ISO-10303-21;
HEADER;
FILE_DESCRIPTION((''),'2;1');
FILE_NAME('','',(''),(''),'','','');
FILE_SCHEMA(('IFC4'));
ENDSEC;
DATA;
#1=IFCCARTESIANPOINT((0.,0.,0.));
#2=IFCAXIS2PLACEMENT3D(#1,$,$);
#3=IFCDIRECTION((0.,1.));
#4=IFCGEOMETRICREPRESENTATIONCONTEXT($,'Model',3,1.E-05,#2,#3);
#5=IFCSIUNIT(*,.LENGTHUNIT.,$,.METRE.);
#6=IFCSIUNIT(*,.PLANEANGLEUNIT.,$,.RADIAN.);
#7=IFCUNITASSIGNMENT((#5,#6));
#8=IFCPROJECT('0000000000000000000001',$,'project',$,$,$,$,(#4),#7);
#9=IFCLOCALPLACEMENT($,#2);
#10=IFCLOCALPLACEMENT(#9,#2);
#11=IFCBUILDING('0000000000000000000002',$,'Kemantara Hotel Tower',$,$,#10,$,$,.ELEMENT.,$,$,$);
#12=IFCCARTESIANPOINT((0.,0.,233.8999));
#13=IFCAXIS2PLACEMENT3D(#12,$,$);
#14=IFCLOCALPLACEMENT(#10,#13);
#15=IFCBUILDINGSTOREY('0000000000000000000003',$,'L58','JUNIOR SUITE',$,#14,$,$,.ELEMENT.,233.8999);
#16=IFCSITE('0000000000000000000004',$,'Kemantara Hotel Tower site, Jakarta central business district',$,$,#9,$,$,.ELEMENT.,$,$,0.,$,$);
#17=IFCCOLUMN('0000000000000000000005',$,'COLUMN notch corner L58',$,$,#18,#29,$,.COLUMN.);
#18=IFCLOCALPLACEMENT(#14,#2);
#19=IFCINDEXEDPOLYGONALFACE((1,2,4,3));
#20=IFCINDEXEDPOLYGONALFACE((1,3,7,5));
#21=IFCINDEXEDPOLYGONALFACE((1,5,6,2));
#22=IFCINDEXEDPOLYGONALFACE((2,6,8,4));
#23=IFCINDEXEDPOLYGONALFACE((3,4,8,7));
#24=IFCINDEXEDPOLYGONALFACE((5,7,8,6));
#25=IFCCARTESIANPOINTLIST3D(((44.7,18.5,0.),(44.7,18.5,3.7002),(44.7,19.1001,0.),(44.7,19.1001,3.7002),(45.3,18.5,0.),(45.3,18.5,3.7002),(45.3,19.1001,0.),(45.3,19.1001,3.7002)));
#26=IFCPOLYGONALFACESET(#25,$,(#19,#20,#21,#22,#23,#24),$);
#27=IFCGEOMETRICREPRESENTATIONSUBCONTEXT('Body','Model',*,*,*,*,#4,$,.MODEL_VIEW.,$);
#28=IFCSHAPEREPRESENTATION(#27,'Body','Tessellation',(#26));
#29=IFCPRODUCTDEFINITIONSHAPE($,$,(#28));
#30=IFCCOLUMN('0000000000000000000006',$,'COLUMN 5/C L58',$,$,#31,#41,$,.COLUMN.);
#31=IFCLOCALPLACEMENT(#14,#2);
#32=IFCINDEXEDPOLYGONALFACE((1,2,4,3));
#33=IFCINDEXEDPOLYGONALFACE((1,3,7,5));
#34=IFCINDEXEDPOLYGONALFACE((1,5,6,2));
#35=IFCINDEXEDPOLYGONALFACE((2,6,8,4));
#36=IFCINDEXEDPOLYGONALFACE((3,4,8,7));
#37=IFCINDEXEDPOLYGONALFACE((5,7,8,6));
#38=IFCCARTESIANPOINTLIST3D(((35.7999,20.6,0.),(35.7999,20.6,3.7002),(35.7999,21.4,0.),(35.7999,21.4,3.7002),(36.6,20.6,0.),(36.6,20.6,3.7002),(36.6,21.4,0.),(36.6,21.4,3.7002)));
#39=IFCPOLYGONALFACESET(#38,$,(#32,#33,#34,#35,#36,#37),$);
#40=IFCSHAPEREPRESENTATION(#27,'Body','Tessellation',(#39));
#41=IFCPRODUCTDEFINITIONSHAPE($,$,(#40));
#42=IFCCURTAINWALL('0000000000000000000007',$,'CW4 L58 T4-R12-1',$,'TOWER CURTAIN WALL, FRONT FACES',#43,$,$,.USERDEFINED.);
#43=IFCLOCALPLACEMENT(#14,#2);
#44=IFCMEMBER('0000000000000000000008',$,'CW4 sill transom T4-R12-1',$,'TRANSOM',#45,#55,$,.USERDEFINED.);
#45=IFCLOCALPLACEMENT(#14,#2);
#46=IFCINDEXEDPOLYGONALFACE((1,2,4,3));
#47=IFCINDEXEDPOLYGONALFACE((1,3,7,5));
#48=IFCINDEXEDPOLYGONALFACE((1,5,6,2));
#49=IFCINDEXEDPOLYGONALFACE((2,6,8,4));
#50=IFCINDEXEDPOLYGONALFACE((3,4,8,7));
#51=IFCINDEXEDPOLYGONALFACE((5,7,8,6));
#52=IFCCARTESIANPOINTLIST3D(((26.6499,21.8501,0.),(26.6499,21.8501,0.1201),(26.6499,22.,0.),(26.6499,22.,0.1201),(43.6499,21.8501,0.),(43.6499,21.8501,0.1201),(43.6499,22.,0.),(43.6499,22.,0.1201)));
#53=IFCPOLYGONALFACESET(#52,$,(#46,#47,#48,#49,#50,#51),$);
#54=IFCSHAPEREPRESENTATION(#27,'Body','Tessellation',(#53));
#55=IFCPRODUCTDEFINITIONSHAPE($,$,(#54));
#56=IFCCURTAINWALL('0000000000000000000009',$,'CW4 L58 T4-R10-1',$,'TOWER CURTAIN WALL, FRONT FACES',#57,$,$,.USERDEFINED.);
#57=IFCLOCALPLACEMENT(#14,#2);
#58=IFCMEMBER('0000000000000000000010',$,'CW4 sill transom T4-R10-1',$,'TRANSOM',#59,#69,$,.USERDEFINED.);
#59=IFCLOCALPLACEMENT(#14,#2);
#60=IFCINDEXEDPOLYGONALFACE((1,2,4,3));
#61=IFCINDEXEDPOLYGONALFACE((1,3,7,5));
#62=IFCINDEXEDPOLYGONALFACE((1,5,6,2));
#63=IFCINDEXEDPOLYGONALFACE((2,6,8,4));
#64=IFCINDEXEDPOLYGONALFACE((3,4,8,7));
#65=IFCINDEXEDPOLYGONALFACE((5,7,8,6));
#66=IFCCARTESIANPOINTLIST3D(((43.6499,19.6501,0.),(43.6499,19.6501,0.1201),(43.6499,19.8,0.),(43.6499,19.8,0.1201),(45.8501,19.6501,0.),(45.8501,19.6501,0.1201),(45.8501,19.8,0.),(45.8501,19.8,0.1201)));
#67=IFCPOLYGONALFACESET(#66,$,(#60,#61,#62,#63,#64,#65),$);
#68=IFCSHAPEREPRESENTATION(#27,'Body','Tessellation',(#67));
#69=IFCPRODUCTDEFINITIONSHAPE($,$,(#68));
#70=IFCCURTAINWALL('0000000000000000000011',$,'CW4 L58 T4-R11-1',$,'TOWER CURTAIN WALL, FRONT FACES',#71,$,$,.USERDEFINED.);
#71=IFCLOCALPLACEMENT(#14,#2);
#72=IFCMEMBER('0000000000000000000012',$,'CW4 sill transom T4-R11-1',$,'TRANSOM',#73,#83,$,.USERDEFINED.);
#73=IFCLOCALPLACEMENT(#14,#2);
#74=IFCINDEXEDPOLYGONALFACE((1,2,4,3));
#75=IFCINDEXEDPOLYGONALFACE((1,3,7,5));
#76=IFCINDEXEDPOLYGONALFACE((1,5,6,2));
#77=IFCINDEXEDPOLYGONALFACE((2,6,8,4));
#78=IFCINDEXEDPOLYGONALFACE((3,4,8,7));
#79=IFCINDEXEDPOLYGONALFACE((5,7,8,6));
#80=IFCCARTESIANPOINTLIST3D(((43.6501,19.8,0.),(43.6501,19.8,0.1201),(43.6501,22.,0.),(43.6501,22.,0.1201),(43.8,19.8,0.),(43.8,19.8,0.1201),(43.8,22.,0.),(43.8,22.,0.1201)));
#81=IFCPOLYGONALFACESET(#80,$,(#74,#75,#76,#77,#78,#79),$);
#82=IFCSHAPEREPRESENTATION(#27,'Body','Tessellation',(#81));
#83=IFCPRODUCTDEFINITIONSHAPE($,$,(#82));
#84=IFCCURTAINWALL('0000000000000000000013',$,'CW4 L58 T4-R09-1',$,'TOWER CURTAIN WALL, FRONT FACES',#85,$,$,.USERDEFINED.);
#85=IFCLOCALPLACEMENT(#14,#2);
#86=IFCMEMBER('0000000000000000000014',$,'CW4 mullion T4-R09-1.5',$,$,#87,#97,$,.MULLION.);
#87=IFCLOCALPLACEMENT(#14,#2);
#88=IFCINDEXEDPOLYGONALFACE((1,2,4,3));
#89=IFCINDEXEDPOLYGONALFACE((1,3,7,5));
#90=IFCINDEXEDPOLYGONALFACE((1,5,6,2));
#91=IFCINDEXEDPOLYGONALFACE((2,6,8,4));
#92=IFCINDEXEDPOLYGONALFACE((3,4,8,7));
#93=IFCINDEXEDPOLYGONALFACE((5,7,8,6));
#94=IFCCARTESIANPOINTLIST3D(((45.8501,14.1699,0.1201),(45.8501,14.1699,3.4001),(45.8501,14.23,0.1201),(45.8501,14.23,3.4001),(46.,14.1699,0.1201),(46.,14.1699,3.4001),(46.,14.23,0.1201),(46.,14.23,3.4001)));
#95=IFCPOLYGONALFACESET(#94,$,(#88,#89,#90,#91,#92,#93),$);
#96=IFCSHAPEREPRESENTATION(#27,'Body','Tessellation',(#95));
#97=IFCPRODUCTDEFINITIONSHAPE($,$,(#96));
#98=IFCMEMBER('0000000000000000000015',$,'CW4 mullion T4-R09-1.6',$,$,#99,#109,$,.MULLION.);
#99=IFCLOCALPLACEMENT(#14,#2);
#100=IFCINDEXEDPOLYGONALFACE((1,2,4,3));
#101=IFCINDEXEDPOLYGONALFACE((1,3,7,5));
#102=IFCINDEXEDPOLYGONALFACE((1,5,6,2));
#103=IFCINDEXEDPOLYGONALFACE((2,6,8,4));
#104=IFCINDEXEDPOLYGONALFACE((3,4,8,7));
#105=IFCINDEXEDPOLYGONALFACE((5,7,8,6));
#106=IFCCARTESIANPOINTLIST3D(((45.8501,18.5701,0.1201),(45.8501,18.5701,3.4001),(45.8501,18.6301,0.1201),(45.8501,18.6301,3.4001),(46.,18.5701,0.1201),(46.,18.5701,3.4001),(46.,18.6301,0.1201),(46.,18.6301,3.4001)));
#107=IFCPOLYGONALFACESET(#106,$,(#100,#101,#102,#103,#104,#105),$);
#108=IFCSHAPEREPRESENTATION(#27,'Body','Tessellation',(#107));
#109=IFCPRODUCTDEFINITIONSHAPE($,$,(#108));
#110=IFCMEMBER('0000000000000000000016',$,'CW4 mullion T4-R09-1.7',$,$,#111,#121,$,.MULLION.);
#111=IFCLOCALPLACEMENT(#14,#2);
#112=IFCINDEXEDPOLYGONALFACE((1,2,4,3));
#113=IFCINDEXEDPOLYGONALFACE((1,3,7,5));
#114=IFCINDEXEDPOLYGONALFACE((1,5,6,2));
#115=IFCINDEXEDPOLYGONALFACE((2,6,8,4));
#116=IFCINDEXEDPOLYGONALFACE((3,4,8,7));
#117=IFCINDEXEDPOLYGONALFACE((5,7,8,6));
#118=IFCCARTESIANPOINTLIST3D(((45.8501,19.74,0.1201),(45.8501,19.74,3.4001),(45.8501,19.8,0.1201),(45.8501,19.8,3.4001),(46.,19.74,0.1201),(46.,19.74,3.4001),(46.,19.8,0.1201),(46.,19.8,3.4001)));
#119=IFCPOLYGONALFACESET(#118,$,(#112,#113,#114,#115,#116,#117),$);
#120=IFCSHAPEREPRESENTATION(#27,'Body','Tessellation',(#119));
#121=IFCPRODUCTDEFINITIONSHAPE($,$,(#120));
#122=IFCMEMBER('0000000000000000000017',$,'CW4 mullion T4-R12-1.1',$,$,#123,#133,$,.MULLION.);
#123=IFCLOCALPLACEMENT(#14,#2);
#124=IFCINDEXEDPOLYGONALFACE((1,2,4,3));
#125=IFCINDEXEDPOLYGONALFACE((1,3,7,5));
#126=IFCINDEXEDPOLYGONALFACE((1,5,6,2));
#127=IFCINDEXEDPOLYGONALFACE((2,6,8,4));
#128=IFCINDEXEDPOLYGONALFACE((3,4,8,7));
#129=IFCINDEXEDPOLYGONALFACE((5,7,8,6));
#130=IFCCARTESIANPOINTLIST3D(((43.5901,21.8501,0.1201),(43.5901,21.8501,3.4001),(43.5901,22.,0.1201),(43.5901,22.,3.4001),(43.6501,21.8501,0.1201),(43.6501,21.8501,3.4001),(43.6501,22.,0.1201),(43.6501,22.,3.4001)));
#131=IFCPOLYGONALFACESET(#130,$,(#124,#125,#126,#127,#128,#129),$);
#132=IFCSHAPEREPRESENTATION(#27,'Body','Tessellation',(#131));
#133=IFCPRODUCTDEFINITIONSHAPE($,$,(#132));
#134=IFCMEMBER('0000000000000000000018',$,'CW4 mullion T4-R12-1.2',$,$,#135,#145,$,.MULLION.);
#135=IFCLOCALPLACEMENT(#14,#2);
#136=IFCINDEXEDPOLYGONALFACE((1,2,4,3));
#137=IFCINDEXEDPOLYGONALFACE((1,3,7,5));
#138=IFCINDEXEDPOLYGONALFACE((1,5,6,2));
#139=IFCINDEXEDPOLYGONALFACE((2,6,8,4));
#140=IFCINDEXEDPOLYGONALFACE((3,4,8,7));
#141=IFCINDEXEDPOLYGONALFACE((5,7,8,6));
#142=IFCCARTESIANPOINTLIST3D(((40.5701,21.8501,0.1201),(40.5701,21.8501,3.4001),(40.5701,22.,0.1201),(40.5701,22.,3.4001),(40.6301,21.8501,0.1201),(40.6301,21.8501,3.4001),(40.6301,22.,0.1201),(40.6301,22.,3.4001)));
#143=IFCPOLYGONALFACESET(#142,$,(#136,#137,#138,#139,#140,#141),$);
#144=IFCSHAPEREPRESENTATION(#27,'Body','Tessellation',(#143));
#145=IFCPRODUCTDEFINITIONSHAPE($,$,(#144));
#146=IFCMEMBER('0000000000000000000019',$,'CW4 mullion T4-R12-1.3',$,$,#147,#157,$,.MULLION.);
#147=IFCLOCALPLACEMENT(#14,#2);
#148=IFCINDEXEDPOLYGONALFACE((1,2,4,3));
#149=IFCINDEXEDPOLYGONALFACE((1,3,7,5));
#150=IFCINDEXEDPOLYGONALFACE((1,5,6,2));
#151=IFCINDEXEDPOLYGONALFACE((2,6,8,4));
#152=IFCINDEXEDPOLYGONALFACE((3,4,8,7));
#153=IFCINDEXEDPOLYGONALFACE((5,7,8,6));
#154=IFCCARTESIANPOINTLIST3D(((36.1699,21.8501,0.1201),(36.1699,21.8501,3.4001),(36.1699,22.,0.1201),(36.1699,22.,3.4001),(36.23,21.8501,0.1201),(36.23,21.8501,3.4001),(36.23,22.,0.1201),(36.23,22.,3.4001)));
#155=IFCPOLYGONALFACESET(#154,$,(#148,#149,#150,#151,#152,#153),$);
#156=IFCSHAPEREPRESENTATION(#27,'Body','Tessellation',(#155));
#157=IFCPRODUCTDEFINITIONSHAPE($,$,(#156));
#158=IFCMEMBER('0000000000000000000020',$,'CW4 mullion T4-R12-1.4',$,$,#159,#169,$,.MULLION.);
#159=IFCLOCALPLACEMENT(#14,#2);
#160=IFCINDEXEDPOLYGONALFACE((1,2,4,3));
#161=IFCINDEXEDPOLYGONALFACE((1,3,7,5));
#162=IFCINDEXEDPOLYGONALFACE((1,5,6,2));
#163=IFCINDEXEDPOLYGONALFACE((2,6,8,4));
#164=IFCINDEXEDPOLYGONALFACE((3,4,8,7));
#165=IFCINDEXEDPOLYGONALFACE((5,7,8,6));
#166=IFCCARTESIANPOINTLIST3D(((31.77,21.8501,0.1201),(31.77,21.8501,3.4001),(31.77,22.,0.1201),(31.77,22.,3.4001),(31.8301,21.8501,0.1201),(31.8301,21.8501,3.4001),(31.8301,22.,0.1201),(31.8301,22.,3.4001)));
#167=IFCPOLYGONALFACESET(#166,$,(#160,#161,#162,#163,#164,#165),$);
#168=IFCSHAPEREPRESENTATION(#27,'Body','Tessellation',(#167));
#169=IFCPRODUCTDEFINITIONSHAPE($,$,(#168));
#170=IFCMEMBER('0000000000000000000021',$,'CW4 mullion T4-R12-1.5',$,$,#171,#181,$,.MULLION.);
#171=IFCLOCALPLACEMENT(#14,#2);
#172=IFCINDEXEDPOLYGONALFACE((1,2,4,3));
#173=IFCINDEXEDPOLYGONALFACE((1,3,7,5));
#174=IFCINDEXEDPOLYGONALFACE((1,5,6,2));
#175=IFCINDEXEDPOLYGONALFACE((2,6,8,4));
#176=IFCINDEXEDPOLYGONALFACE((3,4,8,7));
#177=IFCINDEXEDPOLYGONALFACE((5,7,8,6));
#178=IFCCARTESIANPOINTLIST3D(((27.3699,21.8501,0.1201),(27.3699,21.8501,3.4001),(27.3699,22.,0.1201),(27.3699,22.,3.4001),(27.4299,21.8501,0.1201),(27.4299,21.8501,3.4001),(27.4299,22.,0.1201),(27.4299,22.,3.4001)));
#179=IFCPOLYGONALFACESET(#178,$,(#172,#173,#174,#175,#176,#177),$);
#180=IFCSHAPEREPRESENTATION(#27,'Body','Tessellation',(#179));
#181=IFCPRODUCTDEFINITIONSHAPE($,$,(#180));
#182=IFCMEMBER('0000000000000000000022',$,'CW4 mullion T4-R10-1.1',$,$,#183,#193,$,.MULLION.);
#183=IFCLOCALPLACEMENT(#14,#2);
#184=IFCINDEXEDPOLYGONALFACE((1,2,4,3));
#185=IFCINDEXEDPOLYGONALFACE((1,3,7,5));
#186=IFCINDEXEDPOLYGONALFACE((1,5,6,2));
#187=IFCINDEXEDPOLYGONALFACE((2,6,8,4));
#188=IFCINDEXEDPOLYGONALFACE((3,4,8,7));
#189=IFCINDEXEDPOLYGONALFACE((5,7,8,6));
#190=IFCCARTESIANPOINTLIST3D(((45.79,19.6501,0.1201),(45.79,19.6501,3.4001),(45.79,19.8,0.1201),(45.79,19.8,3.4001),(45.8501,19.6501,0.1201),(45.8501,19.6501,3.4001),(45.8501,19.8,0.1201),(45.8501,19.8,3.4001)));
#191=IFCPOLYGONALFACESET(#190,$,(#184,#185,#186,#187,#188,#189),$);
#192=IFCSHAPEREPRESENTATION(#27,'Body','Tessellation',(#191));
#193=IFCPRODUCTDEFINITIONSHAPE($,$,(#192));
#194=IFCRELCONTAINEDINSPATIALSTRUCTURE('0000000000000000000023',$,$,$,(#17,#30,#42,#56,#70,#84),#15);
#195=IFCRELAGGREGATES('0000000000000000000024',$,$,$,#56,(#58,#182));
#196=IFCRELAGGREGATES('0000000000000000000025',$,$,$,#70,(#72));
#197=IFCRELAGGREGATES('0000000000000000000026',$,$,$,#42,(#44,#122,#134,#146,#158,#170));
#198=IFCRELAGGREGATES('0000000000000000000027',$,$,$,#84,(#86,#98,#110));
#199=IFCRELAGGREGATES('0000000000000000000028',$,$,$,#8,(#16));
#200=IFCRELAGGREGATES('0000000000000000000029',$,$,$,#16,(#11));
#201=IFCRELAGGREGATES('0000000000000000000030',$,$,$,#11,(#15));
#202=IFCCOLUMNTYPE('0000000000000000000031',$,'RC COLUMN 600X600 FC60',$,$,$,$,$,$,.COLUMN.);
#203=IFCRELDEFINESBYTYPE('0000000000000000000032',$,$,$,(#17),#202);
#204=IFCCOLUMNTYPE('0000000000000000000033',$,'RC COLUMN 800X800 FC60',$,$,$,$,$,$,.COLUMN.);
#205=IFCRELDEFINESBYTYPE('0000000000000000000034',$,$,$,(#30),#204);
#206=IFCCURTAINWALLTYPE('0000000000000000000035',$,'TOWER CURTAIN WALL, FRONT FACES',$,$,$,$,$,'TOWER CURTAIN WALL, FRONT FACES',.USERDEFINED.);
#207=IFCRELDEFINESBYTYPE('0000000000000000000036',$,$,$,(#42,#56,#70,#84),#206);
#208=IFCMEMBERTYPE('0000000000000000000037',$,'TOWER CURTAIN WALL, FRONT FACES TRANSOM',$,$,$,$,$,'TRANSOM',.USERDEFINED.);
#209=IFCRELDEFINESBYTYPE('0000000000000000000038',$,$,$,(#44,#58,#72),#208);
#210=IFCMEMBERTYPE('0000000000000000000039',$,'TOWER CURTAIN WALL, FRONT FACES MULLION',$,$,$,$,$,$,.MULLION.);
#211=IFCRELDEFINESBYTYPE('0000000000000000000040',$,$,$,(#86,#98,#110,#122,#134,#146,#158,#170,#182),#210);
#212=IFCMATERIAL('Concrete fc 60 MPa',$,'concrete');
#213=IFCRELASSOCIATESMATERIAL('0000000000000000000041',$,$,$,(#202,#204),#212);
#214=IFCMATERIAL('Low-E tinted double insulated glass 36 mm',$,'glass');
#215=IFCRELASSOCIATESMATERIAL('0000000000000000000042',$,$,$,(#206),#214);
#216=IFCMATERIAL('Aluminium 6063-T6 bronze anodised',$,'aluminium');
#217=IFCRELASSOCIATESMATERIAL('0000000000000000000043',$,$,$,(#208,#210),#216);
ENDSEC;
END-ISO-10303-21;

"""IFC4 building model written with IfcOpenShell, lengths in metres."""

from ifc_helpers import new_model, si_unit, direction, frame, origin, origin_2d, place, context, subcontext, project, spatial, rectangle, extrude, source, transform, mapped, material, material_profile, profile_set, type_object, element, aggregate, save


model = new_model("IFC4")

# Units and contexts
model_context = context("Model", 3, precision=1e-05, world=origin(), true_north=direction((0.0, 1.0)))
body_context = subcontext(model_context, "Body", "Model", "MODEL_VIEW")
ifc_project = project(units=[si_unit("LENGTHUNIT", "METRE"), si_unit("PLANEANGLEUNIT", "RADIAN")], contexts=[model_context])

# Site, building, storey
site_placement = place(None, origin())
site = spatial("IfcSite", under=ifc_project, at=site_placement, Name="Kemantara Hotel Tower site, Jakarta central business district", CompositionType="ELEMENT", RefElevation=0.0)
building_placement = place(site_placement, origin())
building = spatial("IfcBuilding", under=site, at=building_placement, Name="Kemantara Hotel Tower", CompositionType="ELEMENT")
storey_placement = place(building_placement, frame((0.0, 0.0, 233.8999)))
storey = spatial("IfcBuildingStorey", under=building, at=storey_placement, Name="L58", Description="JUNIOR SUITE", CompositionType="ELEMENT", Elevation=233.8999)

# Columns
ifc_material_1 = material(Name="Concrete fc 60 MPa", Category="concrete")
ifc_material_profile_1 = material_profile(ifc_material_1, rectangle(XDim=0.6001, YDim=0.6001, at=origin_2d()), Name="RC 600X600")
ifc_profile_set_1 = profile_set([ifc_material_profile_1], Name="Concrete fc 60 MPa")
column_type_1 = type_object("IfcColumnType", Name="RC COLUMN 600X600 FC60", PredefinedType="COLUMN", material=ifc_profile_set_1)
column_1_placement = place(storey_placement, frame((45.0, 18.8, 0.0), z_axis=(0.0, 0.0, 1.0), x_axis=(1.0, 0.0, 0.0)))
element("IfcColumn", 1, at=column_1_placement, inside=storey, type_object=column_type_1, Name="COLUMN notch corner L58", PredefinedType="COLUMN", context=body_context, shape_type="SweptSolid", body=[
    extrude(rectangle(XDim=0.6001, YDim=0.6001, at=origin_2d()), origin(), (0.0, 0.0, 1.0), 3.7002),
])
ifc_material_profile_2 = material_profile(ifc_material_1, rectangle(XDim=0.8, YDim=0.8, at=origin_2d()), Name="RC 800X800")
ifc_profile_set_2 = profile_set([ifc_material_profile_2], Name="Concrete fc 60 MPa")
column_type_2 = type_object("IfcColumnType", Name="RC COLUMN 800X800 FC60", PredefinedType="COLUMN", material=ifc_profile_set_2)
column_2_placement = place(storey_placement, frame((36.2, 21.0, 0.0), z_axis=(0.0, 0.0, 1.0), x_axis=(1.0, 0.0, 0.0)))
element("IfcColumn", 2, at=column_2_placement, inside=storey, type_object=column_type_2, Name="COLUMN 5/C L58", PredefinedType="COLUMN", context=body_context, shape_type="SweptSolid", body=[
    extrude(rectangle(XDim=0.8, YDim=0.8, at=origin_2d()), origin(), (0.0, 0.0, 1.0), 3.7002),
])

# Curtain walls, members
ifc_material_2 = material(Name="Low-E tinted double insulated glass 36 mm", Category="glass")
curtain_wall_type = type_object("IfcCurtainWallType", Name="TOWER CURTAIN WALL, FRONT FACES", ElementType="TOWER CURTAIN WALL, FRONT FACES", PredefinedType="USERDEFINED", material=ifc_material_2)
curtain_wall_1_placement = place(storey_placement, origin())
curtain_wall_1 = element("IfcCurtainWall", 3, at=curtain_wall_1_placement, inside=storey, type_object=curtain_wall_type, Name="CW4 L58 T4-R12-1", ObjectType="TOWER CURTAIN WALL, FRONT FACES", PredefinedType="USERDEFINED")
ifc_material_3 = material(Name="Aluminium 6063-T6 bronze anodised", Category="aluminium")
ifc_material_profile_3 = material_profile(ifc_material_3, rectangle(XDim=0.1499, YDim=0.1201, at=origin_2d()), Name="TOWER CURTAIN WALL, FRONT FACES TRANSOM")
ifc_profile_set_3 = profile_set([ifc_material_profile_3], Name="Aluminium 6063-T6 bronze anodised")
member_type_1 = type_object("IfcMemberType", Name="TOWER CURTAIN WALL, FRONT FACES TRANSOM", ElementType="TRANSOM", PredefinedType="USERDEFINED", material=ifc_profile_set_3)
member_1_placement = place(storey_placement, frame((43.6499, 21.925, 0.0601), z_axis=(-1.0, 0.0, 0.0), x_axis=(0.0, -1.0, 0.0)))
member_1 = element("IfcMember", 4, at=member_1_placement, type_object=member_type_1, Name="CW4 sill transom T4-R12-1", ObjectType="TRANSOM", PredefinedType="USERDEFINED", context=body_context, shape_type="SweptSolid", body=[
    extrude(rectangle(XDim=0.1499, YDim=0.1201, at=origin_2d()), origin(), (0.0, 0.0, 1.0), 17.0),
])
curtain_wall_2_placement = place(storey_placement, origin())
curtain_wall_2 = element("IfcCurtainWall", 5, at=curtain_wall_2_placement, inside=storey, type_object=curtain_wall_type, Name="CW4 L58 T4-R10-1", ObjectType="TOWER CURTAIN WALL, FRONT FACES", PredefinedType="USERDEFINED")
member_2_placement = place(storey_placement, frame((45.8501, 19.7251, 0.0601), z_axis=(-1.0, 0.0, 0.0), x_axis=(0.0, -1.0, 0.0)))
member_2 = element("IfcMember", 6, at=member_2_placement, type_object=member_type_1, Name="CW4 sill transom T4-R10-1", ObjectType="TRANSOM", PredefinedType="USERDEFINED", context=body_context, shape_type="SweptSolid", body=[
    extrude(rectangle(XDim=0.1499, YDim=0.1201, at=origin_2d()), origin(), (0.0, 0.0, 1.0), 2.2002),
])
curtain_wall_3_placement = place(storey_placement, origin())
curtain_wall_3 = element("IfcCurtainWall", 7, at=curtain_wall_3_placement, inside=storey, type_object=curtain_wall_type, Name="CW4 L58 T4-R11-1", ObjectType="TOWER CURTAIN WALL, FRONT FACES", PredefinedType="USERDEFINED")
member_3_placement = place(storey_placement, frame((43.7251, 19.8, 0.0601), z_axis=(0.0, 1.0, 0.0), x_axis=(-1.0, 0.0, 0.0)))
member_3 = element("IfcMember", 8, at=member_3_placement, type_object=member_type_1, Name="CW4 sill transom T4-R11-1", ObjectType="TRANSOM", PredefinedType="USERDEFINED", context=body_context, shape_type="SweptSolid", body=[
    extrude(rectangle(XDim=0.1499, YDim=0.1201, at=origin_2d()), origin(), (0.0, 0.0, 1.0), 2.2),
])

# Curtain wall, members
curtain_wall_4_placement = place(storey_placement, origin())
curtain_wall_4 = element("IfcCurtainWall", 9, at=curtain_wall_4_placement, inside=storey, type_object=curtain_wall_type, Name="CW4 L58 T4-R09-1", ObjectType="TOWER CURTAIN WALL, FRONT FACES", PredefinedType="USERDEFINED")
ifc_material_profile_4 = material_profile(ifc_material_3, rectangle(XDim=0.1499, YDim=0.0601, at=origin_2d()), Name="TOWER CURTAIN WALL, FRONT FACES MULLION")
ifc_profile_set_4 = profile_set([ifc_material_profile_4], Name="Aluminium 6063-T6 bronze anodised")
member_type_2 = type_object("IfcMemberType", Name="TOWER CURTAIN WALL, FRONT FACES MULLION", PredefinedType="MULLION", material=ifc_profile_set_4)
shared_shape_1 = source(origin(), body_context, "Body", "SweptSolid", [
    extrude(rectangle(XDim=0.1499, YDim=0.0601, at=origin_2d()), origin(), (0.0, 0.0, 1.0), 3.28),
])
member_4_placement = place(storey_placement, frame((45.925, 14.2, 0.1201), z_axis=(0.0, 0.0, 1.0), x_axis=(-1.0, 0.0, 0.0)))
member_4 = element("IfcMember", 10, at=member_4_placement, type_object=member_type_2, Name="CW4 mullion T4-R09-1.5", PredefinedType="MULLION", context=body_context, shape_type="MappedRepresentation", body=[
    mapped(shared_shape_1, transform((0.0, 0.0, 0.0))),
])
member_5_placement = place(storey_placement, frame((45.925, 18.6001, 0.1201), z_axis=(0.0, 0.0, 1.0), x_axis=(-1.0, 0.0, 0.0)))
member_5 = element("IfcMember", 11, at=member_5_placement, type_object=member_type_2, Name="CW4 mullion T4-R09-1.6", PredefinedType="MULLION", context=body_context, shape_type="MappedRepresentation", body=[
    mapped(shared_shape_1, transform((0.0, 0.0, 0.0))),
])
member_6_placement = place(storey_placement, frame((45.925, 19.77, 0.1201), z_axis=(0.0, 0.0, 1.0), x_axis=(-1.0, 0.0, 0.0)))
member_6 = element("IfcMember", 12, at=member_6_placement, type_object=member_type_2, Name="CW4 mullion T4-R09-1.7", PredefinedType="MULLION", context=body_context, shape_type="MappedRepresentation", body=[
    mapped(shared_shape_1, transform((0.0, 0.0, 0.0))),
])

# Members
member_7_placement = place(storey_placement, frame((43.6201, 21.925, 0.1201), z_axis=(0.0, 0.0, 1.0), x_axis=(0.0, -1.0, 0.0)))
member_7 = element("IfcMember", 13, at=member_7_placement, type_object=member_type_2, Name="CW4 mullion T4-R12-1.1", PredefinedType="MULLION", context=body_context, shape_type="MappedRepresentation", body=[
    mapped(shared_shape_1, transform((0.0, 0.0, 0.0))),
])
member_8_placement = place(storey_placement, frame((40.6001, 21.925, 0.1201), z_axis=(0.0, 0.0, 1.0), x_axis=(0.0, -1.0, 0.0)))
member_8 = element("IfcMember", 14, at=member_8_placement, type_object=member_type_2, Name="CW4 mullion T4-R12-1.2", PredefinedType="MULLION", context=body_context, shape_type="MappedRepresentation", body=[
    mapped(shared_shape_1, transform((0.0, 0.0, 0.0))),
])
member_9_placement = place(storey_placement, frame((36.2, 21.925, 0.1201), z_axis=(0.0, 0.0, 1.0), x_axis=(0.0, -1.0, 0.0)))
member_9 = element("IfcMember", 15, at=member_9_placement, type_object=member_type_2, Name="CW4 mullion T4-R12-1.3", PredefinedType="MULLION", context=body_context, shape_type="MappedRepresentation", body=[
    mapped(shared_shape_1, transform((0.0, 0.0, 0.0))),
])
member_10_placement = place(storey_placement, frame((31.8, 21.925, 0.1201), z_axis=(0.0, 0.0, 1.0), x_axis=(0.0, -1.0, 0.0)))
member_10 = element("IfcMember", 16, at=member_10_placement, type_object=member_type_2, Name="CW4 mullion T4-R12-1.4", PredefinedType="MULLION", context=body_context, shape_type="MappedRepresentation", body=[
    mapped(shared_shape_1, transform((0.0, 0.0, 0.0))),
])
member_11_placement = place(storey_placement, frame((27.3999, 21.925, 0.1201), z_axis=(0.0, 0.0, 1.0), x_axis=(0.0, -1.0, 0.0)))
member_11 = element("IfcMember", 17, at=member_11_placement, type_object=member_type_2, Name="CW4 mullion T4-R12-1.5", PredefinedType="MULLION", context=body_context, shape_type="MappedRepresentation", body=[
    mapped(shared_shape_1, transform((0.0, 0.0, 0.0))),
])
member_12_placement = place(storey_placement, frame((45.8201, 19.7251, 0.1201), z_axis=(0.0, 0.0, 1.0), x_axis=(0.0, -1.0, 0.0)))
member_12 = element("IfcMember", 18, at=member_12_placement, type_object=member_type_2, Name="CW4 mullion T4-R10-1.1", PredefinedType="MULLION", context=body_context, shape_type="MappedRepresentation", body=[
    mapped(shared_shape_1, transform((0.0, 0.0, 0.0))),
])

aggregate(curtain_wall_2, [member_2, member_12])
aggregate(curtain_wall_3, [member_3])
aggregate(curtain_wall_1, [member_1, member_7, member_8, member_9, member_10, member_11])
aggregate(curtain_wall_4, [member_4, member_5, member_6])

save(model, "model.ifc")
